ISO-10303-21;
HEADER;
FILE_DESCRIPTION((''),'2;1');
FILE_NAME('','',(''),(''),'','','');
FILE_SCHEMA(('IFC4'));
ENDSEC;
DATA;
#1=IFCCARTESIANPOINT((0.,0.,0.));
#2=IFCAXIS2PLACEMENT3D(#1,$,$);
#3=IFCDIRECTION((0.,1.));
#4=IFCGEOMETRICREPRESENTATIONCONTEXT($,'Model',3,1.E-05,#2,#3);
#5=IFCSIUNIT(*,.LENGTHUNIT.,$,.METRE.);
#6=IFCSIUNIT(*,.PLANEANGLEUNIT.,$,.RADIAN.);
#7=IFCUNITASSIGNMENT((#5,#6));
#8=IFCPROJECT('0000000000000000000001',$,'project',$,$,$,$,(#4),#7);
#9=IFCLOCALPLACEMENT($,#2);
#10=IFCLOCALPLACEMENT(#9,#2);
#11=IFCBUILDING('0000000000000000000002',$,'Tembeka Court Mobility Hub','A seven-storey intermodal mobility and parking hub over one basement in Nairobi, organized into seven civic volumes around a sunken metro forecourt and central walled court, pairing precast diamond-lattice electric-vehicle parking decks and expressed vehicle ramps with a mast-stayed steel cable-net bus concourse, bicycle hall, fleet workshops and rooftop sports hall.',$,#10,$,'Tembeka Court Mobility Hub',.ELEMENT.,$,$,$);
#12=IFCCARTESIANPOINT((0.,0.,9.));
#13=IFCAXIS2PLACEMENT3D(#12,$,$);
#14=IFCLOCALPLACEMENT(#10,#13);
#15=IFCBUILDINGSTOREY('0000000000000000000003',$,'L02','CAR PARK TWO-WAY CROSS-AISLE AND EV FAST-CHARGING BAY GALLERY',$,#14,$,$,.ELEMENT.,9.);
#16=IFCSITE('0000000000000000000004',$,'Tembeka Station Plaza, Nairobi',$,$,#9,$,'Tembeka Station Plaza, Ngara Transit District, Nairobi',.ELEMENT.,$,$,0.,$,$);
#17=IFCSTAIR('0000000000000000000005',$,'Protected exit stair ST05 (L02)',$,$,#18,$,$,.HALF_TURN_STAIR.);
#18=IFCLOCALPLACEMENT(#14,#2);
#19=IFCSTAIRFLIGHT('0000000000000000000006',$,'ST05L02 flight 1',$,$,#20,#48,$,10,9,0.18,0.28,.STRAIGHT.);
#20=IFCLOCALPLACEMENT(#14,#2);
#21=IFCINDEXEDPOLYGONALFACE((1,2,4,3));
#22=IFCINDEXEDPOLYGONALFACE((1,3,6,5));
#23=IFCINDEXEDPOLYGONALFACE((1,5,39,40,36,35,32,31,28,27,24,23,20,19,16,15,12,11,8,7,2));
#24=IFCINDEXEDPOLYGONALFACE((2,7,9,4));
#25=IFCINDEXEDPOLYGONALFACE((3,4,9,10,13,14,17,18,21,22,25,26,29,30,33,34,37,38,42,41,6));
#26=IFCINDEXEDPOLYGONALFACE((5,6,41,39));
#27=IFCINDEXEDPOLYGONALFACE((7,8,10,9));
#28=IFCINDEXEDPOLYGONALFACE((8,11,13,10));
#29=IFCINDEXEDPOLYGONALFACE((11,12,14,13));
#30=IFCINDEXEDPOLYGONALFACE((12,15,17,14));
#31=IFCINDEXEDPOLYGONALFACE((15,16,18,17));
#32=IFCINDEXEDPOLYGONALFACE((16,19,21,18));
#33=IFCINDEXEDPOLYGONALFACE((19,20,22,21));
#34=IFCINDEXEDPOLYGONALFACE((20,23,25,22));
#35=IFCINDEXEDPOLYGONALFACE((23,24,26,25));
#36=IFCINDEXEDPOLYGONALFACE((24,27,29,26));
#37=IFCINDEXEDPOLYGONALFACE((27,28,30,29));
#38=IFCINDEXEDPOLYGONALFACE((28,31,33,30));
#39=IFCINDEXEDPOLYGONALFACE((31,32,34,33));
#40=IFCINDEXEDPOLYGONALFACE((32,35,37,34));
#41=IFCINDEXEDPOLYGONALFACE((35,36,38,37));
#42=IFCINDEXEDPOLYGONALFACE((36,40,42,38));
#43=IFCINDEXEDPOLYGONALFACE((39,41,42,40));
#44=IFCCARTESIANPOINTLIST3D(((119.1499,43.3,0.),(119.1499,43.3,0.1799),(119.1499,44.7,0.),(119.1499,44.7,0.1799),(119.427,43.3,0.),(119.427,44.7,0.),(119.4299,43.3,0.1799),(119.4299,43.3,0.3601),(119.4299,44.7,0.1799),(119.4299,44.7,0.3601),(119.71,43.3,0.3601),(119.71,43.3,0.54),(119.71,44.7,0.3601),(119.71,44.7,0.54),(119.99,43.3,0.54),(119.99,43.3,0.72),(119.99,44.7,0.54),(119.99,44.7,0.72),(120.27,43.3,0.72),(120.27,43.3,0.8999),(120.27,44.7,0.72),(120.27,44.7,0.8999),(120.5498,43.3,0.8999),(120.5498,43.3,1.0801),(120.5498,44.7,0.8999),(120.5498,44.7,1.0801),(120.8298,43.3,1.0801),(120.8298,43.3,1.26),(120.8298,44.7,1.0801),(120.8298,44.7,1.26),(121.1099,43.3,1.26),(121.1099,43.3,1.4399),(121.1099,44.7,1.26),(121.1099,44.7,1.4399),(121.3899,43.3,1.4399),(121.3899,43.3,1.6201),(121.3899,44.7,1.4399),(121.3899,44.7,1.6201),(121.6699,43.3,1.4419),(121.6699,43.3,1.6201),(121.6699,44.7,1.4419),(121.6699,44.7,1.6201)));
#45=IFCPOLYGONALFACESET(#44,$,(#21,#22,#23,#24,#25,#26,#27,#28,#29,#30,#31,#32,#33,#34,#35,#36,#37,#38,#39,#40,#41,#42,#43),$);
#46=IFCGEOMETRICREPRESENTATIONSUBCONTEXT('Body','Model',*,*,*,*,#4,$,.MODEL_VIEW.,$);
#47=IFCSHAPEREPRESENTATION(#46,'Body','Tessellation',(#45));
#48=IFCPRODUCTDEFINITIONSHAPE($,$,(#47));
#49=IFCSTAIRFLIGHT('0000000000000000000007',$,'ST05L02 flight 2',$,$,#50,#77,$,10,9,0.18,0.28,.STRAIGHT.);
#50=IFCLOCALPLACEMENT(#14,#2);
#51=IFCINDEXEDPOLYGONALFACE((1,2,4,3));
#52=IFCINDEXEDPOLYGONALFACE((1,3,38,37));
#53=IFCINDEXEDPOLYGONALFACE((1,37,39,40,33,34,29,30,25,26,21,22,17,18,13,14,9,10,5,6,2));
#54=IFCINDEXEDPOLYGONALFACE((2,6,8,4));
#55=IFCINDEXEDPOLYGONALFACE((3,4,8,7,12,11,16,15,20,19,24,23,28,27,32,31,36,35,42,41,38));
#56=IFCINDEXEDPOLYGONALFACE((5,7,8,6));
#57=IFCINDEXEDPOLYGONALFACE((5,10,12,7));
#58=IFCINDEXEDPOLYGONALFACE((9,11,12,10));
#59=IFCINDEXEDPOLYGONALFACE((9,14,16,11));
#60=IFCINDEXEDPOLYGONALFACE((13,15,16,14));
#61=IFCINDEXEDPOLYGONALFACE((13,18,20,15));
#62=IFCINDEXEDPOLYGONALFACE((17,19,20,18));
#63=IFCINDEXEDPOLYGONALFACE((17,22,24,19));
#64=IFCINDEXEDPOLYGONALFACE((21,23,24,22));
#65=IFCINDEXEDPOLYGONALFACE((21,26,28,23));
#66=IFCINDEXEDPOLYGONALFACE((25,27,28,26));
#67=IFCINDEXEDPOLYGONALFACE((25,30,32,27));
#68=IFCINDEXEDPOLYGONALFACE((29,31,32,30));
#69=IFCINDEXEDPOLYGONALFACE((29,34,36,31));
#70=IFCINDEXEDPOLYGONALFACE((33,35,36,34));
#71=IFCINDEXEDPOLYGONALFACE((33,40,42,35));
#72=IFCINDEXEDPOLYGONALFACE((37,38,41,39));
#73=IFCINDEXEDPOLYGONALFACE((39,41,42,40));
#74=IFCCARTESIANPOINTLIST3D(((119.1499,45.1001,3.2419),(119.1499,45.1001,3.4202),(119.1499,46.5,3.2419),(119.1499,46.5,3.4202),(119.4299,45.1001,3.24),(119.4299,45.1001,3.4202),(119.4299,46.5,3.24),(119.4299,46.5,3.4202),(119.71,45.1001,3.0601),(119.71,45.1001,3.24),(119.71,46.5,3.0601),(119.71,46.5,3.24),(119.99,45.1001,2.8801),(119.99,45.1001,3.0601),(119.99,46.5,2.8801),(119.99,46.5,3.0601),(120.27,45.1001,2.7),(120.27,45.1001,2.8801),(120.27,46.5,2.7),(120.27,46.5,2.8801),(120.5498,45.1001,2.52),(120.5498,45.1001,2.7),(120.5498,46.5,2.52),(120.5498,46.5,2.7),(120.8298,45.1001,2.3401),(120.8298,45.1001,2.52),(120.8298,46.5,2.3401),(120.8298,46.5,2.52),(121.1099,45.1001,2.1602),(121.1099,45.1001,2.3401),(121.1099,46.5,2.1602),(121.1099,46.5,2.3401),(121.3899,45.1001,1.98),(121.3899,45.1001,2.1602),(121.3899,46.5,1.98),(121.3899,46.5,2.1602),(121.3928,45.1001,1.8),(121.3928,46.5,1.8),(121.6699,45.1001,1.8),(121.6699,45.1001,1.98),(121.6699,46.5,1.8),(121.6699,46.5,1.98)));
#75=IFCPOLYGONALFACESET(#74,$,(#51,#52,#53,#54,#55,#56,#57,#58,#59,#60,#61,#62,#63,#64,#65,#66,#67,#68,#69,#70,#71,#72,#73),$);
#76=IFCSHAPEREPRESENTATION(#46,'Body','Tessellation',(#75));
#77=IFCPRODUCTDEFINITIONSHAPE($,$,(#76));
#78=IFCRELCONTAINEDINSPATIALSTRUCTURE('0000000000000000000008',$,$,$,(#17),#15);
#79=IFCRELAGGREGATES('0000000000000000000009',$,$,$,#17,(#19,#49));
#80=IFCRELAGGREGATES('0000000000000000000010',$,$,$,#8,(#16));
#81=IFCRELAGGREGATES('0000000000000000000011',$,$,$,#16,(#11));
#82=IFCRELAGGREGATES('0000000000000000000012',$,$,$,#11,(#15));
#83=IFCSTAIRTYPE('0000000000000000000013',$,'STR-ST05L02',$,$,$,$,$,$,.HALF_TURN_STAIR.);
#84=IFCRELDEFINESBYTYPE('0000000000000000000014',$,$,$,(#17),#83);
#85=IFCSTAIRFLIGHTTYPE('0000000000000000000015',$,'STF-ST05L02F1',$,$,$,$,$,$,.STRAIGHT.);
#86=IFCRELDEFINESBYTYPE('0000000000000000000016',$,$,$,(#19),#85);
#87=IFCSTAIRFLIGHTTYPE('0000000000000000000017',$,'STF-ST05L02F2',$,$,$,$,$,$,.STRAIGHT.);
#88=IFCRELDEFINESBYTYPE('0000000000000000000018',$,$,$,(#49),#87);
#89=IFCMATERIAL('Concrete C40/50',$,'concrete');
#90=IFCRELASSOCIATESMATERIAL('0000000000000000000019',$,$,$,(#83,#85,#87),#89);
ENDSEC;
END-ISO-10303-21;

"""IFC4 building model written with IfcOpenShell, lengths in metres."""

from ifc_helpers import new_model, si_unit, direction, frame, origin, place, context, subcontext, project, spatial, polyline, outline, extrude, material, type_object, element, aggregate, save


model = new_model("IFC4")

# Units and contexts
model_context = context("Model", 3, precision=1e-05, world=origin(), true_north=direction((0.0, 1.0)))
body_context = subcontext(model_context, "Body", "Model", "MODEL_VIEW")
ifc_project = project(units=[si_unit("LENGTHUNIT", "METRE"), si_unit("PLANEANGLEUNIT", "RADIAN")], contexts=[model_context])

# Site, building, storey
site_placement = place(None, origin())
site = spatial("IfcSite", under=ifc_project, at=site_placement, Name="Tembeka Station Plaza, Nairobi", LongName="Tembeka Station Plaza, Ngara Transit District, Nairobi", CompositionType="ELEMENT", RefElevation=0.0)
building_placement = place(site_placement, origin())
building = spatial("IfcBuilding", under=site, at=building_placement, Name="Tembeka Court Mobility Hub", Description="A seven-storey intermodal mobility and parking hub over one basement in Nairobi, organized into seven civic volumes around a sunken metro forecourt and central walled court, pairing precast diamond-lattice electric-vehicle parking decks and expressed vehicle ramps with a mast-stayed steel cable-net bus concourse, bicycle hall, fleet workshops and rooftop sports hall.", LongName="Tembeka Court Mobility Hub", CompositionType="ELEMENT")
storey_placement = place(building_placement, frame((0.0, 0.0, 9.0)))
storey = spatial("IfcBuildingStorey", under=building, at=storey_placement, Name="L02", Description="CAR PARK TWO-WAY CROSS-AISLE AND EV FAST-CHARGING BAY GALLERY", CompositionType="ELEMENT", Elevation=9.0)

# Shared definitions
ifc_material_1 = material(Name="Concrete C40/50", Category="concrete")

# Stair, stair flights
stair_type = type_object("IfcStairType", Name="STR-ST05L02", PredefinedType="HALF_TURN_STAIR", material=ifc_material_1)
stair_placement = place(storey_placement, origin())
stair = element("IfcStair", 1, at=stair_placement, inside=storey, type_object=stair_type, Name="Protected exit stair ST05 (L02)", PredefinedType="HALF_TURN_STAIR")
stair_flight_type_1 = type_object("IfcStairFlightType", Name="STF-ST05L02F1", PredefinedType="STRAIGHT", material=ifc_material_1)
stair_flight_1_placement = place(storey_placement, frame((119.1499, 44.0, 0.0), z_axis=(0.0, 0.0, 1.0), x_axis=(1.0, 0.0, 0.0)))
stair_flight_1 = element("IfcStairFlight", 2, at=stair_flight_1_placement, type_object=stair_flight_type_1, Name="ST05L02 flight 1", NumberOfRisers=10, NumberOfTreads=9, PredefinedType="STRAIGHT", RiserHeight=0.18, TreadLength=0.28, context=body_context, shape_type="SweptSolid", body=[
    extrude(outline(polyline([(0.0, 0.0), (0.0, 0.1799), (0.28, 0.1799), (0.28, 0.3601), (0.5601, 0.3601), (0.5601, 0.54), (0.8401, 0.54), (0.8401, 0.72), (1.1201, 0.72), (1.1201, 0.8999), (1.3999, 0.8999), (1.3999, 1.0801), (1.6799, 1.0801), (1.6799, 1.26), (1.96, 1.26), (1.96, 1.4399), (2.24, 1.4399), (2.24, 1.6201), (2.52, 1.6201), (2.52, 1.8), (2.52, 1.4419), (0.2771, 0.0), (0.0, 0.0)])), frame((0.0, 0.7, 0.0), z_axis=(0.0, -1.0, 0.0), x_axis=(1.0, 0.0, 0.0)), (0.0, 0.0, 1.0), 1.3999),
])
stair_flight_type_2 = type_object("IfcStairFlightType", Name="STF-ST05L02F2", PredefinedType="STRAIGHT", material=ifc_material_1)
stair_flight_2_placement = place(storey_placement, frame((121.6699, 45.8, 1.8), z_axis=(0.0, 0.0, 1.0), x_axis=(-1.0, 0.0, 0.0)))
stair_flight_2 = element("IfcStairFlight", 3, at=stair_flight_2_placement, type_object=stair_flight_type_2, Name="ST05L02 flight 2", NumberOfRisers=10, NumberOfTreads=9, PredefinedType="STRAIGHT", RiserHeight=0.18, TreadLength=0.28, context=body_context, shape_type="SweptSolid", body=[
    extrude(outline(polyline([(0.0, 0.0), (0.0, 0.1799), (0.28, 0.1799), (0.28, 0.3601), (0.5601, 0.3601), (0.5601, 0.54), (0.8401, 0.54), (0.8401, 0.72), (1.1201, 0.72), (1.1201, 0.8999), (1.3999, 0.8999), (1.3999, 1.0801), (1.6799, 1.0801), (1.6799, 1.26), (1.96, 1.26), (1.96, 1.4399), (2.24, 1.4399), (2.24, 1.6201), (2.52, 1.6201), (2.52, 1.8), (2.52, 1.4419), (0.2771, 0.0), (0.0, 0.0)])), frame((0.0, 0.7, 0.0), z_axis=(0.0, -1.0, 0.0), x_axis=(1.0, 0.0, 0.0)), (0.0, 0.0, 1.0), 1.3999),
])
aggregate(stair, [stair_flight_1, stair_flight_2])

save(model, "model.ifc")
